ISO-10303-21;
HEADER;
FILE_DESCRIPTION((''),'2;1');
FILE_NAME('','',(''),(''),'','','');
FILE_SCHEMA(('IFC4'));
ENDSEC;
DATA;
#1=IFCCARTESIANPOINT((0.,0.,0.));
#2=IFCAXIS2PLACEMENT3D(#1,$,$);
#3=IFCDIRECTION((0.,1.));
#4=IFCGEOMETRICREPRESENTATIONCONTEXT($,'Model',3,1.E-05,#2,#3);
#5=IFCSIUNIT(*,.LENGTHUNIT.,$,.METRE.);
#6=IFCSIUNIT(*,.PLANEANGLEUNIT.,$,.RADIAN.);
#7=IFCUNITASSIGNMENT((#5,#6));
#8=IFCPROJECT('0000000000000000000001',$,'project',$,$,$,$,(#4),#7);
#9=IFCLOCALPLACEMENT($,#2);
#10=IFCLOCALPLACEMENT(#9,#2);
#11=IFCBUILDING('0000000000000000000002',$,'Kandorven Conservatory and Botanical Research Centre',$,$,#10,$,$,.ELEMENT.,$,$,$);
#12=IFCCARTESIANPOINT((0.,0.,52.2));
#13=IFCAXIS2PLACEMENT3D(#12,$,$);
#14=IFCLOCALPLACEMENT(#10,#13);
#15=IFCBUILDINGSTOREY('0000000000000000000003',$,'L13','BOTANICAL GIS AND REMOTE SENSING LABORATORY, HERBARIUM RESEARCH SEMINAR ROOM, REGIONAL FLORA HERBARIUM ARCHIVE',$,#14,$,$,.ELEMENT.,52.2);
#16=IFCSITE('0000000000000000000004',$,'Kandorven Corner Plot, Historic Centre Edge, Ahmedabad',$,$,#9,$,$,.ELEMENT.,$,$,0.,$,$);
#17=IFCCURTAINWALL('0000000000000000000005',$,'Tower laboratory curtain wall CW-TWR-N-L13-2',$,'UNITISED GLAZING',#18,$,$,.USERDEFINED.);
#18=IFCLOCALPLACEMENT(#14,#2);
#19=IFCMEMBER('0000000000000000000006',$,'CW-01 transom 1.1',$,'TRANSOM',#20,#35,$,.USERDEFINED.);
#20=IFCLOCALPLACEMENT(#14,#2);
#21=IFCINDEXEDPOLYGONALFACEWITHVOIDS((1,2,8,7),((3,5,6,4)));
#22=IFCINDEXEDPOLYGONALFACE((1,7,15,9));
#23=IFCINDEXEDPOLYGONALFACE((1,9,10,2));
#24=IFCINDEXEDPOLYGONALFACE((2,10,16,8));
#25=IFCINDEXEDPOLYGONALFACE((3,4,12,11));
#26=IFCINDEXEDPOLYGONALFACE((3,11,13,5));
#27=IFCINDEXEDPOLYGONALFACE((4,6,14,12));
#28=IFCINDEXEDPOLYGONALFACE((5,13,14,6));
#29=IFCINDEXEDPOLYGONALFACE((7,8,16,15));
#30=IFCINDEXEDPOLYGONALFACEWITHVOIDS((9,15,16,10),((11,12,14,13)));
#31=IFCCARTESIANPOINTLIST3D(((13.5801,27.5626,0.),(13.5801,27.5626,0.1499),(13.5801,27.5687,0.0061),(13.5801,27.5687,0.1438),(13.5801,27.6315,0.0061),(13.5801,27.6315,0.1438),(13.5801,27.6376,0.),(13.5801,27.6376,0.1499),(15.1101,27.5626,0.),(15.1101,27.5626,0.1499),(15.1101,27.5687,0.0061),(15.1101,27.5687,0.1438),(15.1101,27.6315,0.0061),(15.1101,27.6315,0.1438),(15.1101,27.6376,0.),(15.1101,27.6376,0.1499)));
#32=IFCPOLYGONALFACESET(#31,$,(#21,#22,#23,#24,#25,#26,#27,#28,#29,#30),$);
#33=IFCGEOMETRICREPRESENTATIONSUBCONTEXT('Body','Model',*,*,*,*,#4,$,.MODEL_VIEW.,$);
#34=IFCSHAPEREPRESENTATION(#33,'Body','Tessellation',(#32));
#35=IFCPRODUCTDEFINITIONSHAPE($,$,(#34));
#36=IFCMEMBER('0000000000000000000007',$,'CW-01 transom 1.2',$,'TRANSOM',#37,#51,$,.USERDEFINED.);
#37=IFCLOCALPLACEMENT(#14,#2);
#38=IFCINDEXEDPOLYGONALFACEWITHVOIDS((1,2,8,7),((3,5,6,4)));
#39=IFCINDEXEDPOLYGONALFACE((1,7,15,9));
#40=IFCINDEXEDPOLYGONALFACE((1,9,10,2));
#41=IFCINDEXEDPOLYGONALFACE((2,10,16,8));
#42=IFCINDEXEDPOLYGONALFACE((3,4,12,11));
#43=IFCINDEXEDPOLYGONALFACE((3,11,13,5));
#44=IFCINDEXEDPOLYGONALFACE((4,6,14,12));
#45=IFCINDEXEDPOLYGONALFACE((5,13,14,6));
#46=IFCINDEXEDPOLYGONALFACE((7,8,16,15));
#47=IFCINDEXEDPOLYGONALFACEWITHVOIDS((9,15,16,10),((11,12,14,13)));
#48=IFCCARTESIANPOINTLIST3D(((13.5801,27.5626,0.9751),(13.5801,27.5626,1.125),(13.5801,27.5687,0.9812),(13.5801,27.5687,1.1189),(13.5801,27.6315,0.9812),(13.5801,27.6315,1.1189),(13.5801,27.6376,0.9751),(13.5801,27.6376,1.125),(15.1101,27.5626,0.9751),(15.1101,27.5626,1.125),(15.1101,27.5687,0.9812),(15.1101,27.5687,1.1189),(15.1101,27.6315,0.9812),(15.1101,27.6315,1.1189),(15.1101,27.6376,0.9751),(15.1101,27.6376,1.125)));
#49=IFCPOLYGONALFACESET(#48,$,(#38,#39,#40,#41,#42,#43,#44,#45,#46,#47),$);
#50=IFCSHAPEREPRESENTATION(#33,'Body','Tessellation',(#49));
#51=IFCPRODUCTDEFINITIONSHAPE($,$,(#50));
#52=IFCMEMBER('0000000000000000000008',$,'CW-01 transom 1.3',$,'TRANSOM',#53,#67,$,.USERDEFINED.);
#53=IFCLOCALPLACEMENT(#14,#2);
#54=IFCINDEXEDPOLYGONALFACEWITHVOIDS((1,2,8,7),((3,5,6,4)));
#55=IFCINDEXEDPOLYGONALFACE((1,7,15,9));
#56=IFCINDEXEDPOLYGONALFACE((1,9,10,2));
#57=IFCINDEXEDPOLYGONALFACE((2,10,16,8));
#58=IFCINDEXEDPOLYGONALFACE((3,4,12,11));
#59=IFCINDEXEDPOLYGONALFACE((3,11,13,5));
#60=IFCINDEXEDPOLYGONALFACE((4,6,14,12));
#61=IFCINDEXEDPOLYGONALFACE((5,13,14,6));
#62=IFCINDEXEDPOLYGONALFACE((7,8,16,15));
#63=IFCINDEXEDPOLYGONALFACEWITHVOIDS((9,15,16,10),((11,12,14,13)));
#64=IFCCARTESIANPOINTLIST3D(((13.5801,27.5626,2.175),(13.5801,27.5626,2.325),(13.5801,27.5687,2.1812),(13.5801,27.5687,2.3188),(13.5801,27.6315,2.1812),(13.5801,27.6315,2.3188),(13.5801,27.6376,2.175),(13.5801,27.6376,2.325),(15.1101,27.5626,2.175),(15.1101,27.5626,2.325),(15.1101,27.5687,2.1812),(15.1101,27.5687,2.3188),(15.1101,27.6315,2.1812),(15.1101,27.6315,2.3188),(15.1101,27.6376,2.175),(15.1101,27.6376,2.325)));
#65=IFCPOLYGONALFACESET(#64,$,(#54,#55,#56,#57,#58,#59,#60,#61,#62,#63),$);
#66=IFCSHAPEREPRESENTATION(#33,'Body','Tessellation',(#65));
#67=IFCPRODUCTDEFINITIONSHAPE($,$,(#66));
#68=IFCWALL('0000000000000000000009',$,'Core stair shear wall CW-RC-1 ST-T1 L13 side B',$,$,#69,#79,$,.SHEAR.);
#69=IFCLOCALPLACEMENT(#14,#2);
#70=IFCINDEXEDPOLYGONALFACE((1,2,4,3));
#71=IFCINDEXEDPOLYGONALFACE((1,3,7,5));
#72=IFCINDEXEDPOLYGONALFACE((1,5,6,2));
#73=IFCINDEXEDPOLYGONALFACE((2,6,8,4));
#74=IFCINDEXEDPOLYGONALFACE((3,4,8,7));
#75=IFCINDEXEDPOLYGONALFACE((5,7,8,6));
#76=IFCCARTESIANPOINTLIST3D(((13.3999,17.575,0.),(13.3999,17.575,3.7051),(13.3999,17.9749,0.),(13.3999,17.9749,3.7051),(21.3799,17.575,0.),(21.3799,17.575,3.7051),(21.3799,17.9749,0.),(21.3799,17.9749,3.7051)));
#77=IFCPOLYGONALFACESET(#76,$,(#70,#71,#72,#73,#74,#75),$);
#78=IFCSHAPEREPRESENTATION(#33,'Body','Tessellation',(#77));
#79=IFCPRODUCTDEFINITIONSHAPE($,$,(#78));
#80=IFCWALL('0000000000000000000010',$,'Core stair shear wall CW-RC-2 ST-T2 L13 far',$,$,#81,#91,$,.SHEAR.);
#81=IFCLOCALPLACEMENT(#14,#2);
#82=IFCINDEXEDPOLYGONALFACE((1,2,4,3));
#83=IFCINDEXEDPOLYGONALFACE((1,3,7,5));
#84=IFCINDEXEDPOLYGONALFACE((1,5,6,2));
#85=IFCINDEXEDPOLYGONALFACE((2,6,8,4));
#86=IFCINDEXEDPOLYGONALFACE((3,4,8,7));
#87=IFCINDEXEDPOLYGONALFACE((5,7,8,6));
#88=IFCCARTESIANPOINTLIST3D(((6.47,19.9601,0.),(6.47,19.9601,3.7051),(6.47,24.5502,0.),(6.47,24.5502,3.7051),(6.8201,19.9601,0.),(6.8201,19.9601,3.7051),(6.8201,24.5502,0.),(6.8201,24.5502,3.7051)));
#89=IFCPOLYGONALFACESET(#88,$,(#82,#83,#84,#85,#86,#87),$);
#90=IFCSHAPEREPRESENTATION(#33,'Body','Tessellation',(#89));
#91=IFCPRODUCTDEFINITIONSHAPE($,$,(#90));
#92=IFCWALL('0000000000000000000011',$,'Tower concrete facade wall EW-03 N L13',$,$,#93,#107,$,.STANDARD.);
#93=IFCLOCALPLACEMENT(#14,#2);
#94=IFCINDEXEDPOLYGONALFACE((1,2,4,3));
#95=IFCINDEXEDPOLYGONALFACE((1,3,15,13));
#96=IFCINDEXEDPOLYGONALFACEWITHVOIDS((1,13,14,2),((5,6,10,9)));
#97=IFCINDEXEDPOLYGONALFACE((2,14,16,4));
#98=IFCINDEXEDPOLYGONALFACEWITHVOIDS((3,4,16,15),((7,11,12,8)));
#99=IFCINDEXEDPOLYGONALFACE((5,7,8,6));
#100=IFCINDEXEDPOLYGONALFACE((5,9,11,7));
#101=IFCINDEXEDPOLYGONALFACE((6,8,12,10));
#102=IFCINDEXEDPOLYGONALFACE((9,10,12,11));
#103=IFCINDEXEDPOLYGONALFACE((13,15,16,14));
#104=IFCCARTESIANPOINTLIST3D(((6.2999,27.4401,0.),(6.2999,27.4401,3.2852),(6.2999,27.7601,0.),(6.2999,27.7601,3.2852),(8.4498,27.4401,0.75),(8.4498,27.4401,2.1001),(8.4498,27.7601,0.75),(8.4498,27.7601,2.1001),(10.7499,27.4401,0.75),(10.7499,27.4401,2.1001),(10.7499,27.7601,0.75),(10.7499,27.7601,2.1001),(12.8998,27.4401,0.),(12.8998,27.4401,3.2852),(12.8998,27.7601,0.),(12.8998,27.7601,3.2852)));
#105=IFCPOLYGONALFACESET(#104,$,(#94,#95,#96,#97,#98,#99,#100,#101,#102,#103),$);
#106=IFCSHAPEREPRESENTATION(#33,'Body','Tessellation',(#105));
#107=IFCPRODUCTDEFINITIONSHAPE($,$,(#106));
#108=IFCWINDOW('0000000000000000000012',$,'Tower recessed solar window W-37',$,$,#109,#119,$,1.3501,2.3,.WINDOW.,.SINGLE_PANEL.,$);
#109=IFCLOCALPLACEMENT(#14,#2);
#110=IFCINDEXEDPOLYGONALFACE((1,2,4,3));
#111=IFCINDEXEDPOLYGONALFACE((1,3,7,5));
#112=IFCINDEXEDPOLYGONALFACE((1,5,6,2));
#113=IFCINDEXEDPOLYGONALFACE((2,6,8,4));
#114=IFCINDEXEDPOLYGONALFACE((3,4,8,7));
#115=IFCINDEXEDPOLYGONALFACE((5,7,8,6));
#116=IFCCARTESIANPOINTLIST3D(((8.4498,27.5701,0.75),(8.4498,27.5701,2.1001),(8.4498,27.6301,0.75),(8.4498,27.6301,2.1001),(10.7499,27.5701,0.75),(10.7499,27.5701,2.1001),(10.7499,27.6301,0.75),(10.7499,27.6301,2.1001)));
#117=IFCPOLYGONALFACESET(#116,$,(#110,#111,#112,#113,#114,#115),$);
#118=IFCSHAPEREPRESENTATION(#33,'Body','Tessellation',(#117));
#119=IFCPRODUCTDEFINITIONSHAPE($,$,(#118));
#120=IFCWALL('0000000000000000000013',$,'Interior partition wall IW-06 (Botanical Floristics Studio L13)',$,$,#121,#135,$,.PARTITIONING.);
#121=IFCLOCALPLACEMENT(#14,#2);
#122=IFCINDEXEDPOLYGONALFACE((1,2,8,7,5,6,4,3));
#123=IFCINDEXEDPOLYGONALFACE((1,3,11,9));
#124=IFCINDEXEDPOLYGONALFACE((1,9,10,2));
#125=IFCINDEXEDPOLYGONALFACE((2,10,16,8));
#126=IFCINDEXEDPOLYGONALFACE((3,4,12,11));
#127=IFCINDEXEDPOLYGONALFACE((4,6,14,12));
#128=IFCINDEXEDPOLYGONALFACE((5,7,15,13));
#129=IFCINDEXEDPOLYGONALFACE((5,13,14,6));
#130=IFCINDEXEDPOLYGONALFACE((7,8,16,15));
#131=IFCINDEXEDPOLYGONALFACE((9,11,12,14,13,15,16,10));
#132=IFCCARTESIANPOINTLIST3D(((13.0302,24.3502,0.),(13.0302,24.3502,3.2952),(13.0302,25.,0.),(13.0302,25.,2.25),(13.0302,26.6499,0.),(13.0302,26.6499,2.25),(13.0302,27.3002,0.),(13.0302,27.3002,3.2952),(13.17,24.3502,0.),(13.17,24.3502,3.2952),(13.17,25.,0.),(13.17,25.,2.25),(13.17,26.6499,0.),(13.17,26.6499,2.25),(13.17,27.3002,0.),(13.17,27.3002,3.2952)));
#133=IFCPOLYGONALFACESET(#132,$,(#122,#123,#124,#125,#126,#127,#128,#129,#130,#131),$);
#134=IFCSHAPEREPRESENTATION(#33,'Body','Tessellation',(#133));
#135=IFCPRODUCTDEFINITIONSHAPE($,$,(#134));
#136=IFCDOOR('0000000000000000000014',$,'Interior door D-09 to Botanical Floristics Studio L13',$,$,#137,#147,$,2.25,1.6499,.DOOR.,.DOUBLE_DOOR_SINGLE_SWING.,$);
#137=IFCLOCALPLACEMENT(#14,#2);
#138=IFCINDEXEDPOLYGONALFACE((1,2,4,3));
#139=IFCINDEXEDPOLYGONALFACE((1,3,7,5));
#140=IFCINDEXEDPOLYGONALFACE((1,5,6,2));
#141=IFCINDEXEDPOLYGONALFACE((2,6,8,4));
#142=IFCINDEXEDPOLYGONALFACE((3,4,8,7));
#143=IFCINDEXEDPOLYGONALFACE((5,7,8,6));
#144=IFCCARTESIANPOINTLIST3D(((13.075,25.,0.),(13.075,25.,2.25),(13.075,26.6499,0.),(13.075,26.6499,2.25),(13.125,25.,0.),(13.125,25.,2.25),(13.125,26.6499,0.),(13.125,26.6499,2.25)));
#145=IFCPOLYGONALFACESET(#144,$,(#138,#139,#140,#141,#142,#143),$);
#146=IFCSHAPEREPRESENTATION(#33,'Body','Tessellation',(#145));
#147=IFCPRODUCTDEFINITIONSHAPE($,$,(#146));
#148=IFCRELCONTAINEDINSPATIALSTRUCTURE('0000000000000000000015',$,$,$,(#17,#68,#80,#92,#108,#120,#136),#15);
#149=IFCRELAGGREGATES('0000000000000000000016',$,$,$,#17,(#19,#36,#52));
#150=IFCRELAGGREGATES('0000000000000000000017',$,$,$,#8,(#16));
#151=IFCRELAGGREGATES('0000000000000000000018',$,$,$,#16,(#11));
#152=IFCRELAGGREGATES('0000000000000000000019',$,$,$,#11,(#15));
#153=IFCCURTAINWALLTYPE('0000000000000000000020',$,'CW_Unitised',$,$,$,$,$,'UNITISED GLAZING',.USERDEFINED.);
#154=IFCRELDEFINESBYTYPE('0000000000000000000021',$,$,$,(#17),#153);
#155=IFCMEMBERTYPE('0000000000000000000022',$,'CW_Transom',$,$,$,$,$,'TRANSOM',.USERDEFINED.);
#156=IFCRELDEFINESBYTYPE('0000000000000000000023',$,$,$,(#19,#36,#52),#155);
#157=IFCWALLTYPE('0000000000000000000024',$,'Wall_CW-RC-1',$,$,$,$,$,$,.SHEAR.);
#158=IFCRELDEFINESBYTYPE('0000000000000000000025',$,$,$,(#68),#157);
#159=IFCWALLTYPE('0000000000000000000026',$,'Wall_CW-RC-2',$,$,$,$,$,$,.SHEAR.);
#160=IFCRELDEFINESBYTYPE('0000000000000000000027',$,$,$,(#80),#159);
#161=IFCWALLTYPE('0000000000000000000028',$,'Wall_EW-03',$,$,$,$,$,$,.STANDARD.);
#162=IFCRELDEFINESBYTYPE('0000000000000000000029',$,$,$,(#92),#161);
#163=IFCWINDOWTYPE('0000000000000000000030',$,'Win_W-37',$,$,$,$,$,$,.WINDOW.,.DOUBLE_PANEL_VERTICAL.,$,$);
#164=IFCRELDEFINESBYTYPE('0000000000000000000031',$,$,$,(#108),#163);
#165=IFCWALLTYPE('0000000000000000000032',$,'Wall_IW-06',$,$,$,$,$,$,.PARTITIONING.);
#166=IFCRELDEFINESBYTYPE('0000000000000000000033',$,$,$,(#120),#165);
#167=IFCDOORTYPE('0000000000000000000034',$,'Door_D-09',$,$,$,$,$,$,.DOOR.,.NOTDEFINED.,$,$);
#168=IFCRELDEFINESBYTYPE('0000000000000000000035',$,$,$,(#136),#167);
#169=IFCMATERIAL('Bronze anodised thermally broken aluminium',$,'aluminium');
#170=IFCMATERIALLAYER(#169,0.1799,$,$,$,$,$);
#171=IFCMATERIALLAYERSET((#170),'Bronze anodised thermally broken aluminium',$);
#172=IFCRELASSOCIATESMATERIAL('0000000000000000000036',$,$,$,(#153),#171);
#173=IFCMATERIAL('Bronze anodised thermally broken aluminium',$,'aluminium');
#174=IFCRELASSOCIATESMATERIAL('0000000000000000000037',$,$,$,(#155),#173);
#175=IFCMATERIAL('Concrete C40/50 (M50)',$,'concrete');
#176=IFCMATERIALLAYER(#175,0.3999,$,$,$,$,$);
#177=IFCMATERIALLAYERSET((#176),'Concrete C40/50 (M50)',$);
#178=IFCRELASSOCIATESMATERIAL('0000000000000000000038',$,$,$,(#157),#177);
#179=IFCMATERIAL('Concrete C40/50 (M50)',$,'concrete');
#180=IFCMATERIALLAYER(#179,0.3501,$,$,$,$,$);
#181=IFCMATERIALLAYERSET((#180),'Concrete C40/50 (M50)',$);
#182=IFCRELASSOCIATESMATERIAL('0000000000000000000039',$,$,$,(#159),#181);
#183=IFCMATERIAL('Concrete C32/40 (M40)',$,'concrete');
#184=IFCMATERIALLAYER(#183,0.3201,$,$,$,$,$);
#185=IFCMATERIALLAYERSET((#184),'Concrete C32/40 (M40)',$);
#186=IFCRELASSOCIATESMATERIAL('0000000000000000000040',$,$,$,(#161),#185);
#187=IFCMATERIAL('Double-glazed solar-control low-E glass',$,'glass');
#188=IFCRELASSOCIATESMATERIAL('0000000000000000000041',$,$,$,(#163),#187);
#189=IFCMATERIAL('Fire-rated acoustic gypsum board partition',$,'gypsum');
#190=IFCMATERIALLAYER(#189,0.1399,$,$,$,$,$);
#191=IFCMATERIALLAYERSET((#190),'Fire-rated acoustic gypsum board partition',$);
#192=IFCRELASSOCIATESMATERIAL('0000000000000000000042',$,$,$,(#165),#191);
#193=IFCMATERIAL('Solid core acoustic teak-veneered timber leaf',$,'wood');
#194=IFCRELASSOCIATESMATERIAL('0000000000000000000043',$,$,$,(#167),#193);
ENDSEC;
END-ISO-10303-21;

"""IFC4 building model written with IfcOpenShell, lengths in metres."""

from ifc_helpers import new_model, si_unit, direction, frame, frame_2d, origin, origin_2d, place, context, subcontext, project, spatial, rectangle, hollow_rectangle, extrude, material, layer, layer_set, material_profile, profile_set, type_object, element, fill, aggregate, save


model = new_model("IFC4")

# Units and contexts
model_context = context("Model", 3, precision=1e-05, world=origin(), true_north=direction((0.0, 1.0)))
body_context = subcontext(model_context, "Body", "Model", "MODEL_VIEW")
ifc_project = project(units=[si_unit("LENGTHUNIT", "METRE"), si_unit("PLANEANGLEUNIT", "RADIAN")], contexts=[model_context])

# Site, building, storey
site_placement = place(None, origin())
site = spatial("IfcSite", under=ifc_project, at=site_placement, Name="Kandorven Corner Plot, Historic Centre Edge, Ahmedabad", CompositionType="ELEMENT", RefElevation=0.0)
building_placement = place(site_placement, origin())
building = spatial("IfcBuilding", under=site, at=building_placement, Name="Kandorven Conservatory and Botanical Research Centre", CompositionType="ELEMENT")
storey_placement = place(building_placement, frame((0.0, 0.0, 52.2)))
storey = spatial("IfcBuildingStorey", under=building, at=storey_placement, Name="L13", Description="BOTANICAL GIS AND REMOTE SENSING LABORATORY, HERBARIUM RESEARCH SEMINAR ROOM, REGIONAL FLORA HERBARIUM ARCHIVE", CompositionType="ELEMENT", Elevation=52.2)

# Curtain wall, members
ifc_material_1 = material(Name="Bronze anodised thermally broken aluminium", Category="aluminium")
ifc_layer_1 = layer(ifc_material_1, 0.1799)
ifc_layer_set_1 = layer_set([ifc_layer_1], Name="Bronze anodised thermally broken aluminium")
curtain_wall_type = type_object("IfcCurtainWallType", Name="CW_Unitised", ElementType="UNITISED GLAZING", PredefinedType="USERDEFINED", material=ifc_layer_set_1)
curtain_wall_placement = place(storey_placement, origin())
curtain_wall = element("IfcCurtainWall", 1, at=curtain_wall_placement, inside=storey, type_object=curtain_wall_type, Name="Tower laboratory curtain wall CW-TWR-N-L13-2", ObjectType="UNITISED GLAZING", PredefinedType="USERDEFINED")
ifc_material_2 = material(Name="Bronze anodised thermally broken aluminium", Category="aluminium")
ifc_material_profile_1 = material_profile(ifc_material_2, hollow_rectangle(XDim=0.075, YDim=0.1499, WallThickness=0.0061, at=origin_2d()))
ifc_profile_set_1 = profile_set([ifc_material_profile_1], Name="Bronze anodised thermally broken aluminium")
member_type_1 = type_object("IfcMemberType", Name="CW_Transom", ElementType="TRANSOM", PredefinedType="USERDEFINED", material=ifc_profile_set_1)
member_1_placement = place(storey_placement, frame((13.5801, 27.6001, 0.075), z_axis=(1.0, 0.0, 0.0), x_axis=(0.0, 1.0, 0.0)))
member_1 = element("IfcMember", 2, at=member_1_placement, type_object=member_type_1, Name="CW-01 transom 1.1", ObjectType="TRANSOM", PredefinedType="USERDEFINED", context=body_context, shape_type="SweptSolid", body=[
    extrude(hollow_rectangle(XDim=0.075, YDim=0.1499, WallThickness=0.0061, at=origin_2d()), origin(), (0.0, 0.0, 1.0), 1.53),
])
member_2_placement = place(storey_placement, frame((13.5801, 27.6001, 1.05), z_axis=(1.0, 0.0, 0.0), x_axis=(0.0, 1.0, 0.0)))
member_2 = element("IfcMember", 3, at=member_2_placement, type_object=member_type_1, Name="CW-01 transom 1.2", ObjectType="TRANSOM", PredefinedType="USERDEFINED", context=body_context, shape_type="SweptSolid", body=[
    extrude(hollow_rectangle(XDim=0.075, YDim=0.1499, WallThickness=0.0061, at=origin_2d()), origin(), (0.0, 0.0, 1.0), 1.53),
])
member_3_placement = place(storey_placement, frame((13.5801, 27.6001, 2.25), z_axis=(1.0, 0.0, 0.0), x_axis=(0.0, 1.0, 0.0)))
member_3 = element("IfcMember", 4, at=member_3_placement, type_object=member_type_1, Name="CW-01 transom 1.3", ObjectType="TRANSOM", PredefinedType="USERDEFINED", context=body_context, shape_type="SweptSolid", body=[
    extrude(hollow_rectangle(XDim=0.075, YDim=0.1499, WallThickness=0.0061, at=origin_2d()), origin(), (0.0, 0.0, 1.0), 1.53),
])
aggregate(curtain_wall, [member_1, member_2, member_3])

# Walls
ifc_material_3 = material(Name="Concrete C40/50 (M50)", Category="concrete")
ifc_layer_2 = layer(ifc_material_3, 0.3999)
ifc_layer_set_2 = layer_set([ifc_layer_2], Name="Concrete C40/50 (M50)")
wall_type_1 = type_object("IfcWallType", Name="Wall_CW-RC-1", PredefinedType="SHEAR", material=ifc_layer_set_2)
wall_1_placement = place(storey_placement, frame((13.3999, 17.7749, 0.0), z_axis=(0.0, 0.0, 1.0), x_axis=(1.0, 0.0, 0.0)))
element("IfcWall", 5, at=wall_1_placement, inside=storey, type_object=wall_type_1, Name="Core stair shear wall CW-RC-1 ST-T1 L13 side B", PredefinedType="SHEAR", context=body_context, shape_type="SweptSolid", body=[
    extrude(rectangle(XDim=7.98, YDim=0.3999, at=frame_2d((3.99, 0.0))), origin(), (0.0, 0.0, 1.0), 3.7051),
])
ifc_material_4 = material(Name="Concrete C40/50 (M50)", Category="concrete")
ifc_layer_3 = layer(ifc_material_4, 0.3501)
ifc_layer_set_3 = layer_set([ifc_layer_3], Name="Concrete C40/50 (M50)")
wall_type_2 = type_object("IfcWallType", Name="Wall_CW-RC-2", PredefinedType="SHEAR", material=ifc_layer_set_3)
wall_2_placement = place(storey_placement, frame((6.645, 24.55, 0.0), z_axis=(0.0, 0.0, 1.0), x_axis=(0.0, -1.0, 0.0)))
element("IfcWall", 6, at=wall_2_placement, inside=storey, type_object=wall_type_2, Name="Core stair shear wall CW-RC-2 ST-T2 L13 far", PredefinedType="SHEAR", context=body_context, shape_type="SweptSolid", body=[
    extrude(rectangle(XDim=4.5901, YDim=0.3501, at=frame_2d((2.2949, 0.0))), origin(), (0.0, 0.0, 1.0), 3.7051),
])

# Wall, opening, window
ifc_material_5 = material(Name="Concrete C32/40 (M40)", Category="concrete")
ifc_layer_4 = layer(ifc_material_5, 0.3201)
ifc_layer_set_4 = layer_set([ifc_layer_4], Name="Concrete C32/40 (M40)")
wall_type_3 = type_object("IfcWallType", Name="Wall_EW-03", PredefinedType="STANDARD", material=ifc_layer_set_4)
wall_3_placement = place(storey_placement, frame((6.3, 27.6001, 0.0), z_axis=(0.0, 0.0, 1.0), x_axis=(1.0, 0.0, 0.0)))
wall_3 = element("IfcWall", 7, at=wall_3_placement, inside=storey, type_object=wall_type_3, Name="Tower concrete facade wall EW-03 N L13", PredefinedType="STANDARD", context=body_context, shape_type="SweptSolid", body=[
    extrude(rectangle(XDim=6.5999, YDim=0.3201, at=frame_2d((3.2998, 0.0))), origin(), (0.0, 0.0, 1.0), 3.2852),
])
opening_1_placement = place(wall_3_placement, frame((2.1499, 0.0, 0.75)))
opening_1 = element("IfcOpeningElement", 8, at=opening_1_placement, cuts=wall_3, PredefinedType="OPENING", context=body_context, shape_type="SweptSolid", body=[
    extrude(rectangle(XDim=2.3, YDim=1.3501, at=frame_2d((1.1499, 0.675))), frame((0.0, 0.1699, 0.0), z_axis=(0.0, -1.0, 0.0), x_axis=(1.0, 0.0, 0.0)), (0.0, 0.0, 1.0), 0.3401),
])
ifc_material_6 = material(Name="Double-glazed solar-control low-E glass", Category="glass")
window_type = type_object("IfcWindowType", Name="Win_W-37", PartitioningType="DOUBLE_PANEL_VERTICAL", PredefinedType="WINDOW", material=ifc_material_6)
window_placement = place(opening_1_placement, origin())
window = element("IfcWindow", 9, at=window_placement, inside=storey, type_object=window_type, Name="Tower recessed solar window W-37", OverallHeight=1.3501, OverallWidth=2.3, PartitioningType="SINGLE_PANEL", PredefinedType="WINDOW", context=body_context, shape_type="SweptSolid", body=[
    extrude(rectangle(XDim=2.3, YDim=1.3501, at=frame_2d((1.1499, 0.675))), frame((0.0, 0.03, 0.0), z_axis=(0.0, -1.0, 0.0), x_axis=(1.0, 0.0, 0.0)), (0.0, 0.0, 1.0), 0.0601),
])
fill(opening_1, window)

# Wall, opening, door
ifc_material_7 = material(Name="Fire-rated acoustic gypsum board partition", Category="gypsum")
ifc_layer_5 = layer(ifc_material_7, 0.1399)
ifc_layer_set_5 = layer_set([ifc_layer_5], Name="Fire-rated acoustic gypsum board partition")
wall_type_4 = type_object("IfcWallType", Name="Wall_IW-06", PredefinedType="PARTITIONING", material=ifc_layer_set_5)
wall_4_placement = place(storey_placement, frame((13.1001, 24.3501, 0.0), z_axis=(0.0, 0.0, 1.0), x_axis=(0.0, 1.0, 0.0)))
wall_4 = element("IfcWall", 10, at=wall_4_placement, inside=storey, type_object=wall_type_4, Name="Interior partition wall IW-06 (Botanical Floristics Studio L13)", PredefinedType="PARTITIONING", context=body_context, shape_type="SweptSolid", body=[
    extrude(rectangle(XDim=2.95, YDim=0.1399, at=frame_2d((1.4751, 0.0))), origin(), (0.0, 0.0, 1.0), 3.2952),
])
opening_2_placement = place(wall_4_placement, frame((0.6499, 0.0, 0.0)))
opening_2 = element("IfcOpeningElement", 11, at=opening_2_placement, cuts=wall_4, PredefinedType="OPENING", context=body_context, shape_type="SweptSolid", body=[
    extrude(rectangle(XDim=1.6499, YDim=2.25, at=frame_2d((0.825, 1.125))), frame((0.0, 0.0798, 0.0), z_axis=(0.0, -1.0, 0.0), x_axis=(1.0, 0.0, 0.0)), (0.0, 0.0, 1.0), 0.1599),
])
ifc_material_8 = material(Name="Solid core acoustic teak-veneered timber leaf", Category="wood")
door_type_1 = type_object("IfcDoorType", Name="Door_D-09", OperationType="NOTDEFINED", PredefinedType="DOOR", material=ifc_material_8)
door_1_placement = place(opening_2_placement, frame((1.6499, 0.0, 0.0), z_axis=(0.0, 0.0, 1.0), x_axis=(-1.0, 0.0, 0.0)))
door_1 = element("IfcDoor", 12, at=door_1_placement, inside=storey, type_object=door_type_1, Name="Interior door D-09 to Botanical Floristics Studio L13", OperationType="DOUBLE_DOOR_SINGLE_SWING", OverallHeight=2.25, OverallWidth=1.6499, PredefinedType="DOOR", context=body_context, shape_type="SweptSolid", body=[
    extrude(rectangle(XDim=1.6499, YDim=2.25, at=frame_2d((0.825, 1.125))), frame((0.0, 0.0249, 0.0), z_axis=(0.0, -1.0, 0.0), x_axis=(1.0, 0.0, 0.0)), (0.0, 0.0, 1.0), 0.05),
])
fill(opening_2, door_1)

save(model, "model.ifc")
